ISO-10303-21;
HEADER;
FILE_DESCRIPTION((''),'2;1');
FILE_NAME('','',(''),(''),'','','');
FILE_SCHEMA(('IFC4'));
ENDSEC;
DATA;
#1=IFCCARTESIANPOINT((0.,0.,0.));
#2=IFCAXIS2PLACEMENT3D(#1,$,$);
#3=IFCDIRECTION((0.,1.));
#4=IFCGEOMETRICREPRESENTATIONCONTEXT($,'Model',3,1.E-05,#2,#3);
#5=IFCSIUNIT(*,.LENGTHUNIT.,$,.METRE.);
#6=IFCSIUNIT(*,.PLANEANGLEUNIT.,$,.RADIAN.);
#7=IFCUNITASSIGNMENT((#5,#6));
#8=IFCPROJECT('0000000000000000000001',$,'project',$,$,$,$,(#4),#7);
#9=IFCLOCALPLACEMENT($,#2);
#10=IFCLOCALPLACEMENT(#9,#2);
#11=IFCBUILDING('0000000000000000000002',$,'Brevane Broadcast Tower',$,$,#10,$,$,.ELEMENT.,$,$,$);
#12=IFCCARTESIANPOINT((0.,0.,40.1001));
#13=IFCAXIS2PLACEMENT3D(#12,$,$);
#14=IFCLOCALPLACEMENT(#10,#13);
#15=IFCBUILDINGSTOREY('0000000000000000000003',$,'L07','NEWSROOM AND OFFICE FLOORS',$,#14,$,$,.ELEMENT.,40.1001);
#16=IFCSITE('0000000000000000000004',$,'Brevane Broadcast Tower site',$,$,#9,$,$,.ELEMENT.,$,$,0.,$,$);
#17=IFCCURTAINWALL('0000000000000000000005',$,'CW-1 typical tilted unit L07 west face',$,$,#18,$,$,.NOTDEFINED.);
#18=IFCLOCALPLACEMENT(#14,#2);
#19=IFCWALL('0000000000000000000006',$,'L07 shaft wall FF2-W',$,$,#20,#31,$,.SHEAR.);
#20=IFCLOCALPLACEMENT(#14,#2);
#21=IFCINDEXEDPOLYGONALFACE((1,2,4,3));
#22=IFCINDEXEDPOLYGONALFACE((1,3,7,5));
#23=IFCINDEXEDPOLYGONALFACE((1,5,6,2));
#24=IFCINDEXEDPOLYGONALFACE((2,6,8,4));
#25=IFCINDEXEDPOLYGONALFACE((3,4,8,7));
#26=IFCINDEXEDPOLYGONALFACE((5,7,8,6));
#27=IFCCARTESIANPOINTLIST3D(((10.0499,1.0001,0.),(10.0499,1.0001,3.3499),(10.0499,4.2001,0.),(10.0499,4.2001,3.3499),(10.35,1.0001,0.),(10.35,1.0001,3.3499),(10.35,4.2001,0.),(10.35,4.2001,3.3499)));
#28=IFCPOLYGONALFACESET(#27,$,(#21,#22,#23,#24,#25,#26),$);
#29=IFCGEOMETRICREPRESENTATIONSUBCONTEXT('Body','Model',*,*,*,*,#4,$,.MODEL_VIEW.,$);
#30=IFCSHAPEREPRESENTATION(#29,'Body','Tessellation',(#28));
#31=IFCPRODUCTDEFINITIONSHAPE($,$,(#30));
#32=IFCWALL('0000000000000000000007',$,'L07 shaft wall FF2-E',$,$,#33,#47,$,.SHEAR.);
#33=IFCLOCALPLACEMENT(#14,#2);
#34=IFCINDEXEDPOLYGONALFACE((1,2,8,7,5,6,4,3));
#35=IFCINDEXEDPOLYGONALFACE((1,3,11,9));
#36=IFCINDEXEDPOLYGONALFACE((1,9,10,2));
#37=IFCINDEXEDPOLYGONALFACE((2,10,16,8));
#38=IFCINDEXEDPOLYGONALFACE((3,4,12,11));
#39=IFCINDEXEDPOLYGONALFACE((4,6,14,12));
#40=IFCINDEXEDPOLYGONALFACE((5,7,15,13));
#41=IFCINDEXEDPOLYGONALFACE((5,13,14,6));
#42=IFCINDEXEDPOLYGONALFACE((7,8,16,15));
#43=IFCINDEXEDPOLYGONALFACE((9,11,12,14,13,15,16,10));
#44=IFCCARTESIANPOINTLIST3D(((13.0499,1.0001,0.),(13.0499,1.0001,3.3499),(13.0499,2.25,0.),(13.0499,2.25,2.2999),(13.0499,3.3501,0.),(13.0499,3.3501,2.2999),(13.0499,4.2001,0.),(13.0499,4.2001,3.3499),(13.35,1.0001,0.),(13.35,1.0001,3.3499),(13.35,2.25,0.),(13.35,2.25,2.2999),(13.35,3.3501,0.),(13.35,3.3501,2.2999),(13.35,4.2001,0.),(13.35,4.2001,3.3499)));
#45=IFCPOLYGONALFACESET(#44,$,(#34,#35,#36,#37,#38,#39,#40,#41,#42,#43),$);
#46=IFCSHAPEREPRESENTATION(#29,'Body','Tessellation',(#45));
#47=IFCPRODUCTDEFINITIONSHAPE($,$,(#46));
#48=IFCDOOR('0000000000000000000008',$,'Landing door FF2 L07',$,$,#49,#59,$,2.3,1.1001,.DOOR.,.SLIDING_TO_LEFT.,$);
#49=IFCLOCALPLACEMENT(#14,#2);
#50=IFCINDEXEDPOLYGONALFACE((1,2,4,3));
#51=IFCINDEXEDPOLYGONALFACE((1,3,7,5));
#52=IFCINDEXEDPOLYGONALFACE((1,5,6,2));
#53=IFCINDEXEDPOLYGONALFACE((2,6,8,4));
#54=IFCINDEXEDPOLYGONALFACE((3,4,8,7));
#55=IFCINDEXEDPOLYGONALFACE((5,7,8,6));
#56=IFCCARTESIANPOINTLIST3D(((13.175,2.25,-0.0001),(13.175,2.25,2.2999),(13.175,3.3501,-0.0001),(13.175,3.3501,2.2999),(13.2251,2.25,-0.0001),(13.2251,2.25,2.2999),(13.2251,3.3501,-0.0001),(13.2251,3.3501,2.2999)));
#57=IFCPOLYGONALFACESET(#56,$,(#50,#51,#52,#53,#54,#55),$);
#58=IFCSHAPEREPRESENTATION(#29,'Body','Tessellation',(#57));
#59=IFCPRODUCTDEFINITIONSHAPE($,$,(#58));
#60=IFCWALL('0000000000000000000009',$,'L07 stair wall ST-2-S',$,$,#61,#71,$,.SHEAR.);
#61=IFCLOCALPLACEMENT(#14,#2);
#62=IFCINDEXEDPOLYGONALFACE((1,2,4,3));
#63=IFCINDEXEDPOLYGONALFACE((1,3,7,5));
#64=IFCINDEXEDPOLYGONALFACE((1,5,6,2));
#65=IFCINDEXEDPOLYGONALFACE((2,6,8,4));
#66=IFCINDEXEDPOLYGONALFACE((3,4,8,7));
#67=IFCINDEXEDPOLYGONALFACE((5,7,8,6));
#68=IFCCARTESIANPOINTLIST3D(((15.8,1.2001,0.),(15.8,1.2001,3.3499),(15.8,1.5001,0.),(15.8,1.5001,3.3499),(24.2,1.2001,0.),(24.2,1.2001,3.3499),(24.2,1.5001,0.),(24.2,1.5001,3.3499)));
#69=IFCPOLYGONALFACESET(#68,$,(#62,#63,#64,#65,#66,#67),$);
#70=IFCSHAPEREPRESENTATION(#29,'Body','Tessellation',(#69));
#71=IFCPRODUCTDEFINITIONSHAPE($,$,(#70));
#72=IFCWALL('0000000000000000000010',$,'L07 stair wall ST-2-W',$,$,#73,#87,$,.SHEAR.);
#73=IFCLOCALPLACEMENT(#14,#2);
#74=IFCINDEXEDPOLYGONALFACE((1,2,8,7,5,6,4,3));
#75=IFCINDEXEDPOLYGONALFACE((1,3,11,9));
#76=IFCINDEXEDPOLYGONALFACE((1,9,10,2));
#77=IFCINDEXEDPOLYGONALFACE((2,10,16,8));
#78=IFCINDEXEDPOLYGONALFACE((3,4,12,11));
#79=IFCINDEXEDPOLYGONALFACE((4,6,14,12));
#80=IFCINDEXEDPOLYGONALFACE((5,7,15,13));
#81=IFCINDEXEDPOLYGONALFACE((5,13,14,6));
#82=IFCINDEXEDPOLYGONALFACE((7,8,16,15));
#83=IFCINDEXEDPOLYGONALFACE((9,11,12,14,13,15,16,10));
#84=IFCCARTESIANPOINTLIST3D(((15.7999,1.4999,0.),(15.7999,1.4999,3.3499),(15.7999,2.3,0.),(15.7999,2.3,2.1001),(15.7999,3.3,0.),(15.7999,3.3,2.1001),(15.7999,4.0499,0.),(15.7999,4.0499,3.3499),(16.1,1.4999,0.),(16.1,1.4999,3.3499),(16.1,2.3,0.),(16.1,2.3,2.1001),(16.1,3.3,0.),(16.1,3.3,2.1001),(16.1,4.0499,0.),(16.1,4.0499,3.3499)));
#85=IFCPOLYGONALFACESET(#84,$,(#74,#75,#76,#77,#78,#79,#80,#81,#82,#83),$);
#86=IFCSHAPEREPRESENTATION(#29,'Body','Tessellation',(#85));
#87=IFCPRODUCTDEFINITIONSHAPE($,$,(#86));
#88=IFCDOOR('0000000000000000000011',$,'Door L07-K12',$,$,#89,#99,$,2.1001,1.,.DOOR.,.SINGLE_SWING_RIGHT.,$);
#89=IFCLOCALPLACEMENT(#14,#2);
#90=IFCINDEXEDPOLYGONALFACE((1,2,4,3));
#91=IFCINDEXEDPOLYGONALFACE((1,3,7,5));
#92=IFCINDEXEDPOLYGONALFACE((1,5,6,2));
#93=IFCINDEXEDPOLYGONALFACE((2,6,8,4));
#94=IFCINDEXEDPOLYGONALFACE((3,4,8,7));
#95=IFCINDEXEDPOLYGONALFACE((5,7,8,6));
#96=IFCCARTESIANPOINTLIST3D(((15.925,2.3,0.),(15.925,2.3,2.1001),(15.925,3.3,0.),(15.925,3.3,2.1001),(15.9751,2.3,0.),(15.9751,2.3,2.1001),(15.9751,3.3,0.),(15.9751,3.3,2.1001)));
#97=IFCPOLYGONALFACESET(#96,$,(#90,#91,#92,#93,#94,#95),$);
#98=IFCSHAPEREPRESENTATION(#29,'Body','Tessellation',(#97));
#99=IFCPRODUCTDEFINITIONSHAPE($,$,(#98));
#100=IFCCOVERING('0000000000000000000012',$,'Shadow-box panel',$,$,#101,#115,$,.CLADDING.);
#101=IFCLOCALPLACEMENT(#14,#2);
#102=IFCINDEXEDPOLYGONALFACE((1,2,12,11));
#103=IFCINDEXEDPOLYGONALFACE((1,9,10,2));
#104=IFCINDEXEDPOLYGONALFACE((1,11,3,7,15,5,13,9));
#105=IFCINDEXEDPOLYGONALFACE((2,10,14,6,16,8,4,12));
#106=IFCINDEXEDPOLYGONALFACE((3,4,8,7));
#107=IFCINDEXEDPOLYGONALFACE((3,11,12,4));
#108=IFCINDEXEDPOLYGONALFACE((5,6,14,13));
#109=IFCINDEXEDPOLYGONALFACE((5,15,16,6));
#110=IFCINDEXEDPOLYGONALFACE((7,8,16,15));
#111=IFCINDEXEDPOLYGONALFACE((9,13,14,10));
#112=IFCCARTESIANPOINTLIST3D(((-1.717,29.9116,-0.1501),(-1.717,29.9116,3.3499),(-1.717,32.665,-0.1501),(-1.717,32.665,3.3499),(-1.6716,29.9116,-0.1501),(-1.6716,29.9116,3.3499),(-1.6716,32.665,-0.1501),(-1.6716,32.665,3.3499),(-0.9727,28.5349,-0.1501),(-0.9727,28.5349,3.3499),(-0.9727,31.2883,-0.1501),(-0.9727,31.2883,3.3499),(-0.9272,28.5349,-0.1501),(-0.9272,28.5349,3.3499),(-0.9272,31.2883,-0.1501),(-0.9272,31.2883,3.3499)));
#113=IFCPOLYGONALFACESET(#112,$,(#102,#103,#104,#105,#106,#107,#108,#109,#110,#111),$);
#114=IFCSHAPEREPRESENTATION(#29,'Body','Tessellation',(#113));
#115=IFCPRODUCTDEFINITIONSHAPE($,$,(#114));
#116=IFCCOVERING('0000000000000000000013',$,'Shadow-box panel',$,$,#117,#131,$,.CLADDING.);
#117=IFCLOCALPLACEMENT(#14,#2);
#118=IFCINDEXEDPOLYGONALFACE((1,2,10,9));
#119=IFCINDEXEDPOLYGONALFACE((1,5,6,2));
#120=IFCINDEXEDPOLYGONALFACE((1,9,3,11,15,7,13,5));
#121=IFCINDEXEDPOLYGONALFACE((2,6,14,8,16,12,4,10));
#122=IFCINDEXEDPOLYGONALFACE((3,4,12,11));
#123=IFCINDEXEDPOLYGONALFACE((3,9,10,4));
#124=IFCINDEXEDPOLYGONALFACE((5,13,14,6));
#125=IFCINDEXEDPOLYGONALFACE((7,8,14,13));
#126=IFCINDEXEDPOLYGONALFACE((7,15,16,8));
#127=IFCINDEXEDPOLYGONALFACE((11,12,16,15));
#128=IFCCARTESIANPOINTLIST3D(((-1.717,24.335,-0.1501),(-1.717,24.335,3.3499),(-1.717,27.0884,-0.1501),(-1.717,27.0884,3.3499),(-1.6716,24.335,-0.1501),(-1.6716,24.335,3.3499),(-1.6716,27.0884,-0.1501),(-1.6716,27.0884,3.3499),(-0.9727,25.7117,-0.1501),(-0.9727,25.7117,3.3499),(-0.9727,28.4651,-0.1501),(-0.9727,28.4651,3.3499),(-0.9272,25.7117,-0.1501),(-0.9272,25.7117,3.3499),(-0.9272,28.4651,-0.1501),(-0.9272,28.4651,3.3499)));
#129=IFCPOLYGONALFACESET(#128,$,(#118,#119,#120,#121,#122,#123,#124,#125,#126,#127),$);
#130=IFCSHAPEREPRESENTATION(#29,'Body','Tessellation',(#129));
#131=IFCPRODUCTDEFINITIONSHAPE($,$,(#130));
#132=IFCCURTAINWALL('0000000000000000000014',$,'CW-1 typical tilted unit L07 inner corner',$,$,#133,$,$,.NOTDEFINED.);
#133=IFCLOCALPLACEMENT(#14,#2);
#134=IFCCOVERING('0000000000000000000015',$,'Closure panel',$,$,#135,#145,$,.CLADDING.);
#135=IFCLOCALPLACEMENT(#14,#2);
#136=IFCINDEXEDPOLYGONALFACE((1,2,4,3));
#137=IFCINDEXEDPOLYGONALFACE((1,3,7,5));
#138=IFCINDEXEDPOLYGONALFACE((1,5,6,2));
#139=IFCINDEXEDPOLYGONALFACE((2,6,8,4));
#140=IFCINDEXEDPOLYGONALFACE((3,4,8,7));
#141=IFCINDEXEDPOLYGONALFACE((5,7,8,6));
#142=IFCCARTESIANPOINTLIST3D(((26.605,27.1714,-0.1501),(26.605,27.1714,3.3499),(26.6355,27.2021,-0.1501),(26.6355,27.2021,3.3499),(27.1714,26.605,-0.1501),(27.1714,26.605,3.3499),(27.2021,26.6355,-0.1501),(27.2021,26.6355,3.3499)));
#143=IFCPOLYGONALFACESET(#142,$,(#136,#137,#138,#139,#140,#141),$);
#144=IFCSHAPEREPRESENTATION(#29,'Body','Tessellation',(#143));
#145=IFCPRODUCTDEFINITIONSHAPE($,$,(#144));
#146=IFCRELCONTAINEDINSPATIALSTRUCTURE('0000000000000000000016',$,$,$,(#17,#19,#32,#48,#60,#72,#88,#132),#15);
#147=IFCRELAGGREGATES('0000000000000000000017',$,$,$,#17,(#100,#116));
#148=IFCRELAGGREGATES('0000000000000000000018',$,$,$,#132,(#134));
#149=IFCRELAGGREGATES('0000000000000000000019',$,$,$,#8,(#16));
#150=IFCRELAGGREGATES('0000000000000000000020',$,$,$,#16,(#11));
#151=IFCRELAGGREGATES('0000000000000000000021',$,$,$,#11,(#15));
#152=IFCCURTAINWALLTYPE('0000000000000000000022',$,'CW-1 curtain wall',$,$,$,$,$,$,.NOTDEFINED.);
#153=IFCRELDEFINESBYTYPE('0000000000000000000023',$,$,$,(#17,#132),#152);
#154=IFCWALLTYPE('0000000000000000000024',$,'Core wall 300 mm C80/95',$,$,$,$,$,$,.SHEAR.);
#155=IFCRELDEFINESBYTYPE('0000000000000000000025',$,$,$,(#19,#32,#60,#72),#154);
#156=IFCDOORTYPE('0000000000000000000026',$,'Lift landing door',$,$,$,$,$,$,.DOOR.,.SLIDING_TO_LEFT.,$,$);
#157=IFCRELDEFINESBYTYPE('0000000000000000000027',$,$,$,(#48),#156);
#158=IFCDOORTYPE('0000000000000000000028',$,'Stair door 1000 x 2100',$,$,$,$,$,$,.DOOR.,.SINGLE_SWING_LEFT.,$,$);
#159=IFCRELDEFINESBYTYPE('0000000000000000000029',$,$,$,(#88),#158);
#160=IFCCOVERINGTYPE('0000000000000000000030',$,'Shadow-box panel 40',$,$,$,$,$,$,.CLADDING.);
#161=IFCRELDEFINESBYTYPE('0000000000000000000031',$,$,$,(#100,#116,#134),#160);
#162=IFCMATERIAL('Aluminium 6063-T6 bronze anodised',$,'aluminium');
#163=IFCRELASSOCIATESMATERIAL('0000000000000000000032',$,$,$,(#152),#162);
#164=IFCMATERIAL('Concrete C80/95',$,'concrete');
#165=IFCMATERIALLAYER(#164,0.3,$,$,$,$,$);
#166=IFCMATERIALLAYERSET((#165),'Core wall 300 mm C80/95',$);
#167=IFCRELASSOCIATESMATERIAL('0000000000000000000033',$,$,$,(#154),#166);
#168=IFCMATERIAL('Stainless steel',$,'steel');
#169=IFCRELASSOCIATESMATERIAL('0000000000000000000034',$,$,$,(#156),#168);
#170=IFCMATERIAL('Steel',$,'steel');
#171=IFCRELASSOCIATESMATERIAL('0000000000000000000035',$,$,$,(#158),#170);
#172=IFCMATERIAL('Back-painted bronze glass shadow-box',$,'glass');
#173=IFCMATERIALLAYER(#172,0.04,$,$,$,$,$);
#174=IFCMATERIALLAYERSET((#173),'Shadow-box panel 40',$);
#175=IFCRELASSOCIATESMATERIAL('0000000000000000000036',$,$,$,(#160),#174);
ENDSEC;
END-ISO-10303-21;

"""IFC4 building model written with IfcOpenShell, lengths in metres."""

from ifc_helpers import new_model, si_unit, direction, frame, frame_2d, origin, place, context, subcontext, project, spatial, polyline, rectangle, outline, extrude, material, layer, layer_set, type_object, element, fill, aggregate, save


model = new_model("IFC4")

# Units and contexts
model_context = context("Model", 3, precision=1e-05, world=origin(), true_north=direction((0.0, 1.0)))
body_context = subcontext(model_context, "Body", "Model", "MODEL_VIEW")
ifc_project = project(units=[si_unit("LENGTHUNIT", "METRE"), si_unit("PLANEANGLEUNIT", "RADIAN")], contexts=[model_context])

# Site, building, storey
site_placement = place(None, origin())
site = spatial("IfcSite", under=ifc_project, at=site_placement, Name="Brevane Broadcast Tower site", CompositionType="ELEMENT", RefElevation=0.0)
building_placement = place(site_placement, origin())
building = spatial("IfcBuilding", under=site, at=building_placement, Name="Brevane Broadcast Tower", CompositionType="ELEMENT")
storey_placement = place(building_placement, frame((0.0, 0.0, 40.1001)))
storey = spatial("IfcBuildingStorey", under=building, at=storey_placement, Name="L07", Description="NEWSROOM AND OFFICE FLOORS", CompositionType="ELEMENT", Elevation=40.1001)

# Shared definitions
ifc_material_1 = material(Name="Aluminium 6063-T6 bronze anodised", Category="aluminium")
curtain_wall_type = type_object("IfcCurtainWallType", Name="CW-1 curtain wall", PredefinedType="NOTDEFINED", material=ifc_material_1)

# Curtain wall
curtain_wall_1_placement = place(storey_placement, origin())
curtain_wall_1 = element("IfcCurtainWall", 1, at=curtain_wall_1_placement, inside=storey, type_object=curtain_wall_type, Name="CW-1 typical tilted unit L07 west face", PredefinedType="NOTDEFINED")

# Wall
ifc_material_2 = material(Name="Concrete C80/95", Category="concrete")
ifc_layer_1 = layer(ifc_material_2, 0.3)
ifc_layer_set_1 = layer_set([ifc_layer_1], Name="Core wall 300 mm C80/95")
wall_type_1 = type_object("IfcWallType", Name="Core wall 300 mm C80/95", PredefinedType="SHEAR", material=ifc_layer_set_1)
wall_1_placement = place(storey_placement, frame((10.2, 1.0, 0.0), z_axis=(0.0, 0.0, 1.0), x_axis=(0.0, 1.0, 0.0)))
element("IfcWall", 2, at=wall_1_placement, inside=storey, type_object=wall_type_1, Name="L07 shaft wall FF2-W", PredefinedType="SHEAR", context=body_context, shape_type="SweptSolid", body=[
    extrude(rectangle(XDim=3.2, YDim=0.3, at=frame_2d((1.6001, 0.0))), origin(), (0.0, 0.0, 1.0), 3.3499),
])

# Wall, opening, door
wall_2_placement = place(storey_placement, frame((13.2, 1.0, 0.0), z_axis=(0.0, 0.0, 1.0), x_axis=(0.0, 1.0, 0.0)))
wall_2 = element("IfcWall", 3, at=wall_2_placement, inside=storey, type_object=wall_type_1, Name="L07 shaft wall FF2-E", PredefinedType="SHEAR", context=body_context, shape_type="SweptSolid", body=[
    extrude(rectangle(XDim=3.2, YDim=0.3, at=frame_2d((1.6001, 0.0))), origin(), (0.0, 0.0, 1.0), 3.3499),
])
opening_1_placement = place(wall_2_placement, frame((1.25, 0.0, 0.0)))
opening_1 = element("IfcOpeningElement", 4, at=opening_1_placement, cuts=wall_2, PredefinedType="OPENING", context=body_context, shape_type="SweptSolid", body=[
    extrude(rectangle(XDim=1.1001, YDim=2.3, at=frame_2d((0.55, 1.1499))), frame((0.0, 0.1599, 0.0), z_axis=(0.0, -1.0, 0.0), x_axis=(1.0, 0.0, 0.0)), (0.0, 0.0, 1.0), 0.3201),
])
ifc_material_3 = material(Name="Stainless steel", Category="steel")
door_type_1 = type_object("IfcDoorType", Name="Lift landing door", OperationType="SLIDING_TO_LEFT", PredefinedType="DOOR", material=ifc_material_3)
door_1_placement = place(opening_1_placement, origin())
door_1 = element("IfcDoor", 5, at=door_1_placement, inside=storey, type_object=door_type_1, Name="Landing door FF2 L07", OperationType="SLIDING_TO_LEFT", OverallHeight=2.3, OverallWidth=1.1001, PredefinedType="DOOR", context=body_context, shape_type="SweptSolid", body=[
    extrude(rectangle(XDim=1.1001, YDim=2.3, at=frame_2d((0.55, 1.1499))), frame((0.0, 0.0249, 0.0), z_axis=(0.0, -1.0, 0.0), x_axis=(1.0, 0.0, 0.0)), (0.0, 0.0, 1.0), 0.05),
])
fill(opening_1, door_1)

# Wall
wall_3_placement = place(storey_placement, frame((15.8, 1.3501, 0.0), z_axis=(0.0, 0.0, 1.0), x_axis=(1.0, 0.0, 0.0)))
element("IfcWall", 6, at=wall_3_placement, inside=storey, type_object=wall_type_1, Name="L07 stair wall ST-2-S", PredefinedType="SHEAR", context=body_context, shape_type="SweptSolid", body=[
    extrude(rectangle(XDim=8.3999, YDim=0.3, at=frame_2d((4.2, 0.0))), origin(), (0.0, 0.0, 1.0), 3.3499),
])

# Wall, opening, door
wall_4_placement = place(storey_placement, frame((15.95, 1.5, 0.0), z_axis=(0.0, 0.0, 1.0), x_axis=(0.0, 1.0, 0.0)))
wall_4 = element("IfcWall", 7, at=wall_4_placement, inside=storey, type_object=wall_type_1, Name="L07 stair wall ST-2-W", PredefinedType="SHEAR", context=body_context, shape_type="SweptSolid", body=[
    extrude(rectangle(XDim=2.55, YDim=0.3, at=frame_2d((1.2749, 0.0))), origin(), (0.0, 0.0, 1.0), 3.3499),
])
opening_2_placement = place(wall_4_placement, frame((0.8, 0.0, 0.0)))
opening_2 = element("IfcOpeningElement", 8, at=opening_2_placement, cuts=wall_4, PredefinedType="OPENING", context=body_context, shape_type="SweptSolid", body=[
    extrude(rectangle(XDim=1.0, YDim=2.1001, at=frame_2d((0.5, 1.05))), frame((0.0, 0.1599, 0.0), z_axis=(0.0, -1.0, 0.0), x_axis=(1.0, 0.0, 0.0)), (0.0, 0.0, 1.0), 0.3201),
])
ifc_material_4 = material(Name="Steel", Category="steel")
door_type_2 = type_object("IfcDoorType", Name="Stair door 1000 x 2100", OperationType="SINGLE_SWING_LEFT", PredefinedType="DOOR", material=ifc_material_4)
door_2_placement = place(opening_2_placement, origin())
door_2 = element("IfcDoor", 9, at=door_2_placement, inside=storey, type_object=door_type_2, Name="Door L07-K12", OperationType="SINGLE_SWING_RIGHT", OverallHeight=2.1001, OverallWidth=1.0, PredefinedType="DOOR", context=body_context, shape_type="SweptSolid", body=[
    extrude(rectangle(XDim=1.0, YDim=2.1001, at=frame_2d((0.5, 1.05))), frame((0.0, 0.0249, 0.0), z_axis=(0.0, -1.0, 0.0), x_axis=(1.0, 0.0, 0.0)), (0.0, 0.0, 1.0), 0.05),
])
fill(opening_2, door_2)

# Coverings
ifc_material_5 = material(Name="Back-painted bronze glass shadow-box", Category="glass")
ifc_layer_2 = layer(ifc_material_5, 0.04)
ifc_layer_set_2 = layer_set([ifc_layer_2], Name="Shadow-box panel 40")
covering_type = type_object("IfcCoveringType", Name="Shadow-box panel 40", PredefinedType="CLADDING", material=ifc_layer_set_2)
covering_1_placement = place(storey_placement, frame((0.0, 0.0, -0.1501)))
covering_1 = element("IfcCovering", 10, at=covering_1_placement, type_object=covering_type, Name="Shadow-box panel", PredefinedType="CLADDING", context=body_context, shape_type="SweptSolid", body=[
    extrude(outline(polyline([(-1.6716, 32.665), (-1.717, 32.665), (-0.9727, 31.2883), (-1.717, 29.9116), (-0.9727, 28.5349), (-0.9272, 28.5349), (-1.6716, 29.9116), (-0.9272, 31.2883), (-1.6716, 32.665)])), origin(), (0.0, 0.0, 1.0), 3.5),
])
covering_2_placement = place(storey_placement, frame((0.0, 0.0, -0.1501)))
covering_2 = element("IfcCovering", 11, at=covering_2_placement, type_object=covering_type, Name="Shadow-box panel", PredefinedType="CLADDING", context=body_context, shape_type="SweptSolid", body=[
    extrude(outline(polyline([(-0.9272, 28.4651), (-0.9727, 28.4651), (-1.717, 27.0884), (-0.9727, 25.7117), (-1.717, 24.335), (-1.6716, 24.335), (-0.9272, 25.7117), (-1.6716, 27.0884), (-0.9272, 28.4651)])), origin(), (0.0, 0.0, 1.0), 3.5),
])
aggregate(curtain_wall_1, [covering_1, covering_2])

# Curtain wall, covering
curtain_wall_2_placement = place(storey_placement, origin())
curtain_wall_2 = element("IfcCurtainWall", 12, at=curtain_wall_2_placement, inside=storey, type_object=curtain_wall_type, Name="CW-1 typical tilted unit L07 inner corner", PredefinedType="NOTDEFINED")
covering_3_placement = place(storey_placement, frame((0.0, 0.0, -0.1501)))
covering_3 = element("IfcCovering", 13, at=covering_3_placement, type_object=covering_type, Name="Closure panel", PredefinedType="CLADDING", context=body_context, shape_type="SweptSolid", body=[
    extrude(outline(polyline([(27.1714, 26.605), (27.2021, 26.6355), (26.6355, 27.2021), (26.605, 27.1714), (27.1714, 26.605)])), origin(), (0.0, 0.0, 1.0), 3.5),
])
aggregate(curtain_wall_2, [covering_3])

save(model, "model.ifc")
